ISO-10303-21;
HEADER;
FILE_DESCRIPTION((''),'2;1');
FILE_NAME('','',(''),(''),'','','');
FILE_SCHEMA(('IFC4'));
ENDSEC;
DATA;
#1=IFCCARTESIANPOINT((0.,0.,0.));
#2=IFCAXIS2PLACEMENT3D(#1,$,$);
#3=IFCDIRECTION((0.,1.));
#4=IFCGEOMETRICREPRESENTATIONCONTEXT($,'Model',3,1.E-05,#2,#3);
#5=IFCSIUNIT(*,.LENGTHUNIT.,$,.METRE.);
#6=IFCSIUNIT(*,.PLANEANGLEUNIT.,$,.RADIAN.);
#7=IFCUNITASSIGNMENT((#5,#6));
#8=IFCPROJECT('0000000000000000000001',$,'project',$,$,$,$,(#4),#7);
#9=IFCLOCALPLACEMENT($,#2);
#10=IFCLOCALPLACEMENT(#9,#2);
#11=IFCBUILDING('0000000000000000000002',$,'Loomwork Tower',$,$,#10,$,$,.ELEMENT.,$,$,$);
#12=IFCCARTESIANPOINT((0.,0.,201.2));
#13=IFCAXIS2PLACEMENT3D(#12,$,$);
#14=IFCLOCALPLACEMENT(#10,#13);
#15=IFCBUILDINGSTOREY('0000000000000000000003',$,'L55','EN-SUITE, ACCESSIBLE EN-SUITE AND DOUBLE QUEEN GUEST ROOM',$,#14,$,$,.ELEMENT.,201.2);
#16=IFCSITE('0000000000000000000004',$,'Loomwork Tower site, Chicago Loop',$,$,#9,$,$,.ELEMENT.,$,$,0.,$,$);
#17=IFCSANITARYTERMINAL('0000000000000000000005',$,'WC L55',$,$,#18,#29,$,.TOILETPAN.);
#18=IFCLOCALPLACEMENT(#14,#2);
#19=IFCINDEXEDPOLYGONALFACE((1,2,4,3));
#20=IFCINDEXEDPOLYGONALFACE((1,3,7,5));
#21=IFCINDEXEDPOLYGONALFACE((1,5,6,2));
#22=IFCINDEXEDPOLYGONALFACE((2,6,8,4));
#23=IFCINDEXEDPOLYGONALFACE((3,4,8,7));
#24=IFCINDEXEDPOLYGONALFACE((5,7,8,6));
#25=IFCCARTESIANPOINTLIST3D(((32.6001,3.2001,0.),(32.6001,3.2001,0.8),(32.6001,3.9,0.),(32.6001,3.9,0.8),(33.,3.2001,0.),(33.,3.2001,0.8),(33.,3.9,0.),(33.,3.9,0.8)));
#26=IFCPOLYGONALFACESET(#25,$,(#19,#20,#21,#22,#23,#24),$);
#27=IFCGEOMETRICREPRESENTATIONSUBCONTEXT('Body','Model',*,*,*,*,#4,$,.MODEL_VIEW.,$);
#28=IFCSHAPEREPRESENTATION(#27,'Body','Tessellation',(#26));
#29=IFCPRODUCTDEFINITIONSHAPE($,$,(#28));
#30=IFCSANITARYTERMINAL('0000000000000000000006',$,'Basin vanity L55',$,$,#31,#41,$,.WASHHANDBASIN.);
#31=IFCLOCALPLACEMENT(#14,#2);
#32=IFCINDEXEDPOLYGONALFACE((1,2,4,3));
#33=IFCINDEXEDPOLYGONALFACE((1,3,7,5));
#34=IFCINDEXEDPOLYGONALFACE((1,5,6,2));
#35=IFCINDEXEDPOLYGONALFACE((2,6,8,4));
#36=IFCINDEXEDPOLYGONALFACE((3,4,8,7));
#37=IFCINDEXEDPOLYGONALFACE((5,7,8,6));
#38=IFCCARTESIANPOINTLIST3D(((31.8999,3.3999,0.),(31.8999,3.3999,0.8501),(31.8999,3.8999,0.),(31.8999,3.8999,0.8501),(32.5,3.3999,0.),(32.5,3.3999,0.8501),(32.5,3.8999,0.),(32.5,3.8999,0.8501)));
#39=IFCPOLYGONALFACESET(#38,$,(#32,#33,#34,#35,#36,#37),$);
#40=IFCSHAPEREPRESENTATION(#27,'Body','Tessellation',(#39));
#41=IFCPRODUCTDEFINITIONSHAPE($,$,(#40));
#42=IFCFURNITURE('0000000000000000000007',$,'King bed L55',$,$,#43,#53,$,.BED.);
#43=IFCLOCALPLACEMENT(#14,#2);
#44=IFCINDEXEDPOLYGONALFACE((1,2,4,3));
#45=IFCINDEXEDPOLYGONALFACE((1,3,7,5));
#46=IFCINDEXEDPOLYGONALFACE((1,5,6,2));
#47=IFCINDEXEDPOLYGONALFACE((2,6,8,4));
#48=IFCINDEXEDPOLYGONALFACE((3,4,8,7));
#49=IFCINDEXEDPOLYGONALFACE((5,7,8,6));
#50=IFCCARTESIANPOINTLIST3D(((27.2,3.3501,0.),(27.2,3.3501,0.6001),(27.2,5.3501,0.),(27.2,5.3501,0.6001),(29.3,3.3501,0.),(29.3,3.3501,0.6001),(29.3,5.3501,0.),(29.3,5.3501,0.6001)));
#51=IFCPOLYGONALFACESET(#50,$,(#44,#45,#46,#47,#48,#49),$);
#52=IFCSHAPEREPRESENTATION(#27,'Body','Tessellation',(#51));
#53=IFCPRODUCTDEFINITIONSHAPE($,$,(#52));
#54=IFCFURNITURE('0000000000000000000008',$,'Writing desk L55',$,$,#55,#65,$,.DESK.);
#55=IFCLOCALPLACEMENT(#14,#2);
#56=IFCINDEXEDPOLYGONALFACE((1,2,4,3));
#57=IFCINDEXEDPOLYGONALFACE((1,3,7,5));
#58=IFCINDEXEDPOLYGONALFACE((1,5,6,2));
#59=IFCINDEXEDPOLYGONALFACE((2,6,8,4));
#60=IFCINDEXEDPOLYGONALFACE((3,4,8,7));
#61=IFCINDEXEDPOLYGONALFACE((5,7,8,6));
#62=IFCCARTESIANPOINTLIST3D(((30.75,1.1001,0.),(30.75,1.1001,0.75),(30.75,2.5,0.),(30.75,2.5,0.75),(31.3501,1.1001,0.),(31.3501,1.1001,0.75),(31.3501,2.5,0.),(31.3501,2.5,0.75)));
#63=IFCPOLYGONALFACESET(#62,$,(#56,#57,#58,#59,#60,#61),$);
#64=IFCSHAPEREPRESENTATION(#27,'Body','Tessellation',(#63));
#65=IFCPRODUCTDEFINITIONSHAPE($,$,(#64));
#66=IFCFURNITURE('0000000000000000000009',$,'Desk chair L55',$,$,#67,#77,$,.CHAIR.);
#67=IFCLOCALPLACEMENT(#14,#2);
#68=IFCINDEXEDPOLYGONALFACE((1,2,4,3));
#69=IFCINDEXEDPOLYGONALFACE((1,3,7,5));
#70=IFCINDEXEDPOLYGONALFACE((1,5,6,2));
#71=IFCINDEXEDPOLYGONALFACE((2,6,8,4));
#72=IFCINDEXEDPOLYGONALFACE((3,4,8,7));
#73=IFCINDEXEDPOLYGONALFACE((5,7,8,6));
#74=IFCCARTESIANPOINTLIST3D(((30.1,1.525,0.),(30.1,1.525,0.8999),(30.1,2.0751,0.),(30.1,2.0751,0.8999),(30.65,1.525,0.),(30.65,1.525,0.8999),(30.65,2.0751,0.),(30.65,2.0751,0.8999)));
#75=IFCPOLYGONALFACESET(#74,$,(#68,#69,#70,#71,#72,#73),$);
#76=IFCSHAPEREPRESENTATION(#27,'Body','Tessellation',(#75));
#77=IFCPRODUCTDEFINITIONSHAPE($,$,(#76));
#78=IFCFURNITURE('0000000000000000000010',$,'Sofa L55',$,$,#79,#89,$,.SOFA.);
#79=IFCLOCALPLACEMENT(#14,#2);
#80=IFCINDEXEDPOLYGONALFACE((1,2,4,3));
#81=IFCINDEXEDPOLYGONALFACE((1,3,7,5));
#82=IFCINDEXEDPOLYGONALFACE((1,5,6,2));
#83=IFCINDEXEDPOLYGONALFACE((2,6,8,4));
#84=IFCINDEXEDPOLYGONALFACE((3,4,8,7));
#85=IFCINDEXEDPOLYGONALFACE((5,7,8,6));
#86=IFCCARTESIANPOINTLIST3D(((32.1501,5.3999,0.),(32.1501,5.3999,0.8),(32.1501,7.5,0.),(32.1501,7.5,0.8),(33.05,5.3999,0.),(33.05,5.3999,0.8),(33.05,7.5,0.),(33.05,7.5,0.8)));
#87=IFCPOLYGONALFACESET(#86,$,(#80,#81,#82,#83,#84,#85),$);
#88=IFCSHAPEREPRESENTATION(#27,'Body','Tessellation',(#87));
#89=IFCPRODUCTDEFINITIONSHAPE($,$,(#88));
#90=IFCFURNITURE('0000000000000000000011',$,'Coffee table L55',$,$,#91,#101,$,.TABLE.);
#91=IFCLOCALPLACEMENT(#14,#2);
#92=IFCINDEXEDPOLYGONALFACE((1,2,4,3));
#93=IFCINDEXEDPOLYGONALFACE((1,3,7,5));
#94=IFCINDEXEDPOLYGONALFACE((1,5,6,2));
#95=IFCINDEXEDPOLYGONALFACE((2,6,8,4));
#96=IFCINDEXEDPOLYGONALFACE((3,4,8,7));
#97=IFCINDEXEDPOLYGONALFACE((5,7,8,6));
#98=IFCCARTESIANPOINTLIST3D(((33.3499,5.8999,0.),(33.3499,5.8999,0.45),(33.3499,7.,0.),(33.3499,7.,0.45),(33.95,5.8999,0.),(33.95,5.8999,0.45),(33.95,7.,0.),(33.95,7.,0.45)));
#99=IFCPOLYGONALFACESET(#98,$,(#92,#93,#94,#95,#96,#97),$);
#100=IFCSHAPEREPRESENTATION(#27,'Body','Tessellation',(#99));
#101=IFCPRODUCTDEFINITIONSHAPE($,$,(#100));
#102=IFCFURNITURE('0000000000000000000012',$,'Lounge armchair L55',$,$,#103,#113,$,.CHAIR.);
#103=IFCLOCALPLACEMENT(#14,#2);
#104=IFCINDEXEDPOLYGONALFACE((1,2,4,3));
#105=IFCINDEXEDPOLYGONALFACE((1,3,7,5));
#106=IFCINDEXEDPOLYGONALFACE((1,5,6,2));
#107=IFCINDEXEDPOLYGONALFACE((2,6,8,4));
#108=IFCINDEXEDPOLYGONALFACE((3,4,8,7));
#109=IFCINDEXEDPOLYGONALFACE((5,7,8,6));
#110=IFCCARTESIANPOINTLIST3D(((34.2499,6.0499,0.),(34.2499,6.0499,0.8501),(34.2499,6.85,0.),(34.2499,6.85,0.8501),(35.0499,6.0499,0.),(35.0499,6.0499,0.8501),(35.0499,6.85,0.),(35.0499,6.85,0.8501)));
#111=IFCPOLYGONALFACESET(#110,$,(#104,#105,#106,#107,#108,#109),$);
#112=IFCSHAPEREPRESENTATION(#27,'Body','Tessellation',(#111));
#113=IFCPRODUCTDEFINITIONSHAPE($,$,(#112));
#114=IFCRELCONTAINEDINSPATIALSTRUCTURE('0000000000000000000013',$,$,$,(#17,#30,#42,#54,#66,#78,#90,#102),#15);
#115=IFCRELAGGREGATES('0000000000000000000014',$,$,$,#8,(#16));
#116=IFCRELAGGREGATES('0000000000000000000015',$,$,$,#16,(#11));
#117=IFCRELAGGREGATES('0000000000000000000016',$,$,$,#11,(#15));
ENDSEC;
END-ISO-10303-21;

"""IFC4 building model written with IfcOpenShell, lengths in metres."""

from ifc_helpers import new_model, si_unit, direction, frame, origin, origin_2d, place, context, subcontext, project, spatial, rectangle, extrude, element, save


model = new_model("IFC4")

# Units and contexts
model_context = context("Model", 3, precision=1e-05, world=origin(), true_north=direction((0.0, 1.0)))
body_context = subcontext(model_context, "Body", "Model", "MODEL_VIEW")
ifc_project = project(units=[si_unit("LENGTHUNIT", "METRE"), si_unit("PLANEANGLEUNIT", "RADIAN")], contexts=[model_context])

# Site, building, storey
site_placement = place(None, origin())
site = spatial("IfcSite", under=ifc_project, at=site_placement, Name="Loomwork Tower site, Chicago Loop", CompositionType="ELEMENT", RefElevation=0.0)
building_placement = place(site_placement, origin())
building = spatial("IfcBuilding", under=site, at=building_placement, Name="Loomwork Tower", CompositionType="ELEMENT")
storey_placement = place(building_placement, frame((0.0, 0.0, 201.2)))
storey = spatial("IfcBuildingStorey", under=building, at=storey_placement, Name="L55", Description="EN-SUITE, ACCESSIBLE EN-SUITE AND DOUBLE QUEEN GUEST ROOM", CompositionType="ELEMENT", Elevation=201.2)

# Sanitary terminals
sanitary_terminal_1_placement = place(storey_placement, frame((32.8, 3.55, 0.0), z_axis=(0.0, 0.0, 1.0), x_axis=(1.0, 0.0, 0.0)))
element("IfcSanitaryTerminal", 1, at=sanitary_terminal_1_placement, inside=storey, Name="WC L55", PredefinedType="TOILETPAN", context=body_context, shape_type="SweptSolid", body=[
    extrude(rectangle(XDim=0.3999, YDim=0.7, at=origin_2d()), origin(), (0.0, 0.0, 1.0), 0.8),
])
sanitary_terminal_2_placement = place(storey_placement, frame((32.2, 3.6499, 0.0), z_axis=(0.0, 0.0, 1.0), x_axis=(1.0, 0.0, 0.0)))
element("IfcSanitaryTerminal", 2, at=sanitary_terminal_2_placement, inside=storey, Name="Basin vanity L55", PredefinedType="WASHHANDBASIN", context=body_context, shape_type="SweptSolid", body=[
    extrude(rectangle(XDim=0.6001, YDim=0.5, at=origin_2d()), origin(), (0.0, 0.0, 1.0), 0.8501),
])

# Furniture
furniture_1_placement = place(storey_placement, frame((28.25, 4.3501, 0.0), z_axis=(0.0, 0.0, 1.0), x_axis=(1.0, 0.0, 0.0)))
element("IfcFurniture", 3, at=furniture_1_placement, inside=storey, Name="King bed L55", PredefinedType="BED", context=body_context, shape_type="SweptSolid", body=[
    extrude(rectangle(XDim=2.1001, YDim=2.0, at=origin_2d()), origin(), (0.0, 0.0, 1.0), 0.6001),
])
furniture_2_placement = place(storey_placement, frame((31.05, 1.8, 0.0), z_axis=(0.0, 0.0, 1.0), x_axis=(1.0, 0.0, 0.0)))
element("IfcFurniture", 4, at=furniture_2_placement, inside=storey, Name="Writing desk L55", PredefinedType="DESK", context=body_context, shape_type="SweptSolid", body=[
    extrude(rectangle(XDim=0.6001, YDim=1.3999, at=origin_2d()), origin(), (0.0, 0.0, 1.0), 0.75),
])
furniture_3_placement = place(storey_placement, frame((30.375, 1.8, 0.0), z_axis=(0.0, 0.0, 1.0), x_axis=(1.0, 0.0, 0.0)))
element("IfcFurniture", 5, at=furniture_3_placement, inside=storey, Name="Desk chair L55", PredefinedType="CHAIR", context=body_context, shape_type="SweptSolid", body=[
    extrude(rectangle(XDim=0.55, YDim=0.55, at=origin_2d()), origin(), (0.0, 0.0, 1.0), 0.8999),
])
furniture_4_placement = place(storey_placement, frame((32.6001, 6.45, 0.0), z_axis=(0.0, 0.0, 1.0), x_axis=(1.0, 0.0, 0.0)))
element("IfcFurniture", 6, at=furniture_4_placement, inside=storey, Name="Sofa L55", PredefinedType="SOFA", context=body_context, shape_type="SweptSolid", body=[
    extrude(rectangle(XDim=0.8999, YDim=2.1001, at=origin_2d()), origin(), (0.0, 0.0, 1.0), 0.8),
])
furniture_5_placement = place(storey_placement, frame((33.6499, 6.45, 0.0), z_axis=(0.0, 0.0, 1.0), x_axis=(1.0, 0.0, 0.0)))
element("IfcFurniture", 7, at=furniture_5_placement, inside=storey, Name="Coffee table L55", PredefinedType="TABLE", context=body_context, shape_type="SweptSolid", body=[
    extrude(rectangle(XDim=0.6001, YDim=1.1001, at=origin_2d()), origin(), (0.0, 0.0, 1.0), 0.45),
])
furniture_6_placement = place(storey_placement, frame((34.6499, 6.45, 0.0), z_axis=(0.0, 0.0, 1.0), x_axis=(1.0, 0.0, 0.0)))
element("IfcFurniture", 8, at=furniture_6_placement, inside=storey, Name="Lounge armchair L55", PredefinedType="CHAIR", context=body_context, shape_type="SweptSolid", body=[
    extrude(rectangle(XDim=0.8, YDim=0.8, at=origin_2d()), origin(), (0.0, 0.0, 1.0), 0.8501),
])

save(model, "model.ifc")
